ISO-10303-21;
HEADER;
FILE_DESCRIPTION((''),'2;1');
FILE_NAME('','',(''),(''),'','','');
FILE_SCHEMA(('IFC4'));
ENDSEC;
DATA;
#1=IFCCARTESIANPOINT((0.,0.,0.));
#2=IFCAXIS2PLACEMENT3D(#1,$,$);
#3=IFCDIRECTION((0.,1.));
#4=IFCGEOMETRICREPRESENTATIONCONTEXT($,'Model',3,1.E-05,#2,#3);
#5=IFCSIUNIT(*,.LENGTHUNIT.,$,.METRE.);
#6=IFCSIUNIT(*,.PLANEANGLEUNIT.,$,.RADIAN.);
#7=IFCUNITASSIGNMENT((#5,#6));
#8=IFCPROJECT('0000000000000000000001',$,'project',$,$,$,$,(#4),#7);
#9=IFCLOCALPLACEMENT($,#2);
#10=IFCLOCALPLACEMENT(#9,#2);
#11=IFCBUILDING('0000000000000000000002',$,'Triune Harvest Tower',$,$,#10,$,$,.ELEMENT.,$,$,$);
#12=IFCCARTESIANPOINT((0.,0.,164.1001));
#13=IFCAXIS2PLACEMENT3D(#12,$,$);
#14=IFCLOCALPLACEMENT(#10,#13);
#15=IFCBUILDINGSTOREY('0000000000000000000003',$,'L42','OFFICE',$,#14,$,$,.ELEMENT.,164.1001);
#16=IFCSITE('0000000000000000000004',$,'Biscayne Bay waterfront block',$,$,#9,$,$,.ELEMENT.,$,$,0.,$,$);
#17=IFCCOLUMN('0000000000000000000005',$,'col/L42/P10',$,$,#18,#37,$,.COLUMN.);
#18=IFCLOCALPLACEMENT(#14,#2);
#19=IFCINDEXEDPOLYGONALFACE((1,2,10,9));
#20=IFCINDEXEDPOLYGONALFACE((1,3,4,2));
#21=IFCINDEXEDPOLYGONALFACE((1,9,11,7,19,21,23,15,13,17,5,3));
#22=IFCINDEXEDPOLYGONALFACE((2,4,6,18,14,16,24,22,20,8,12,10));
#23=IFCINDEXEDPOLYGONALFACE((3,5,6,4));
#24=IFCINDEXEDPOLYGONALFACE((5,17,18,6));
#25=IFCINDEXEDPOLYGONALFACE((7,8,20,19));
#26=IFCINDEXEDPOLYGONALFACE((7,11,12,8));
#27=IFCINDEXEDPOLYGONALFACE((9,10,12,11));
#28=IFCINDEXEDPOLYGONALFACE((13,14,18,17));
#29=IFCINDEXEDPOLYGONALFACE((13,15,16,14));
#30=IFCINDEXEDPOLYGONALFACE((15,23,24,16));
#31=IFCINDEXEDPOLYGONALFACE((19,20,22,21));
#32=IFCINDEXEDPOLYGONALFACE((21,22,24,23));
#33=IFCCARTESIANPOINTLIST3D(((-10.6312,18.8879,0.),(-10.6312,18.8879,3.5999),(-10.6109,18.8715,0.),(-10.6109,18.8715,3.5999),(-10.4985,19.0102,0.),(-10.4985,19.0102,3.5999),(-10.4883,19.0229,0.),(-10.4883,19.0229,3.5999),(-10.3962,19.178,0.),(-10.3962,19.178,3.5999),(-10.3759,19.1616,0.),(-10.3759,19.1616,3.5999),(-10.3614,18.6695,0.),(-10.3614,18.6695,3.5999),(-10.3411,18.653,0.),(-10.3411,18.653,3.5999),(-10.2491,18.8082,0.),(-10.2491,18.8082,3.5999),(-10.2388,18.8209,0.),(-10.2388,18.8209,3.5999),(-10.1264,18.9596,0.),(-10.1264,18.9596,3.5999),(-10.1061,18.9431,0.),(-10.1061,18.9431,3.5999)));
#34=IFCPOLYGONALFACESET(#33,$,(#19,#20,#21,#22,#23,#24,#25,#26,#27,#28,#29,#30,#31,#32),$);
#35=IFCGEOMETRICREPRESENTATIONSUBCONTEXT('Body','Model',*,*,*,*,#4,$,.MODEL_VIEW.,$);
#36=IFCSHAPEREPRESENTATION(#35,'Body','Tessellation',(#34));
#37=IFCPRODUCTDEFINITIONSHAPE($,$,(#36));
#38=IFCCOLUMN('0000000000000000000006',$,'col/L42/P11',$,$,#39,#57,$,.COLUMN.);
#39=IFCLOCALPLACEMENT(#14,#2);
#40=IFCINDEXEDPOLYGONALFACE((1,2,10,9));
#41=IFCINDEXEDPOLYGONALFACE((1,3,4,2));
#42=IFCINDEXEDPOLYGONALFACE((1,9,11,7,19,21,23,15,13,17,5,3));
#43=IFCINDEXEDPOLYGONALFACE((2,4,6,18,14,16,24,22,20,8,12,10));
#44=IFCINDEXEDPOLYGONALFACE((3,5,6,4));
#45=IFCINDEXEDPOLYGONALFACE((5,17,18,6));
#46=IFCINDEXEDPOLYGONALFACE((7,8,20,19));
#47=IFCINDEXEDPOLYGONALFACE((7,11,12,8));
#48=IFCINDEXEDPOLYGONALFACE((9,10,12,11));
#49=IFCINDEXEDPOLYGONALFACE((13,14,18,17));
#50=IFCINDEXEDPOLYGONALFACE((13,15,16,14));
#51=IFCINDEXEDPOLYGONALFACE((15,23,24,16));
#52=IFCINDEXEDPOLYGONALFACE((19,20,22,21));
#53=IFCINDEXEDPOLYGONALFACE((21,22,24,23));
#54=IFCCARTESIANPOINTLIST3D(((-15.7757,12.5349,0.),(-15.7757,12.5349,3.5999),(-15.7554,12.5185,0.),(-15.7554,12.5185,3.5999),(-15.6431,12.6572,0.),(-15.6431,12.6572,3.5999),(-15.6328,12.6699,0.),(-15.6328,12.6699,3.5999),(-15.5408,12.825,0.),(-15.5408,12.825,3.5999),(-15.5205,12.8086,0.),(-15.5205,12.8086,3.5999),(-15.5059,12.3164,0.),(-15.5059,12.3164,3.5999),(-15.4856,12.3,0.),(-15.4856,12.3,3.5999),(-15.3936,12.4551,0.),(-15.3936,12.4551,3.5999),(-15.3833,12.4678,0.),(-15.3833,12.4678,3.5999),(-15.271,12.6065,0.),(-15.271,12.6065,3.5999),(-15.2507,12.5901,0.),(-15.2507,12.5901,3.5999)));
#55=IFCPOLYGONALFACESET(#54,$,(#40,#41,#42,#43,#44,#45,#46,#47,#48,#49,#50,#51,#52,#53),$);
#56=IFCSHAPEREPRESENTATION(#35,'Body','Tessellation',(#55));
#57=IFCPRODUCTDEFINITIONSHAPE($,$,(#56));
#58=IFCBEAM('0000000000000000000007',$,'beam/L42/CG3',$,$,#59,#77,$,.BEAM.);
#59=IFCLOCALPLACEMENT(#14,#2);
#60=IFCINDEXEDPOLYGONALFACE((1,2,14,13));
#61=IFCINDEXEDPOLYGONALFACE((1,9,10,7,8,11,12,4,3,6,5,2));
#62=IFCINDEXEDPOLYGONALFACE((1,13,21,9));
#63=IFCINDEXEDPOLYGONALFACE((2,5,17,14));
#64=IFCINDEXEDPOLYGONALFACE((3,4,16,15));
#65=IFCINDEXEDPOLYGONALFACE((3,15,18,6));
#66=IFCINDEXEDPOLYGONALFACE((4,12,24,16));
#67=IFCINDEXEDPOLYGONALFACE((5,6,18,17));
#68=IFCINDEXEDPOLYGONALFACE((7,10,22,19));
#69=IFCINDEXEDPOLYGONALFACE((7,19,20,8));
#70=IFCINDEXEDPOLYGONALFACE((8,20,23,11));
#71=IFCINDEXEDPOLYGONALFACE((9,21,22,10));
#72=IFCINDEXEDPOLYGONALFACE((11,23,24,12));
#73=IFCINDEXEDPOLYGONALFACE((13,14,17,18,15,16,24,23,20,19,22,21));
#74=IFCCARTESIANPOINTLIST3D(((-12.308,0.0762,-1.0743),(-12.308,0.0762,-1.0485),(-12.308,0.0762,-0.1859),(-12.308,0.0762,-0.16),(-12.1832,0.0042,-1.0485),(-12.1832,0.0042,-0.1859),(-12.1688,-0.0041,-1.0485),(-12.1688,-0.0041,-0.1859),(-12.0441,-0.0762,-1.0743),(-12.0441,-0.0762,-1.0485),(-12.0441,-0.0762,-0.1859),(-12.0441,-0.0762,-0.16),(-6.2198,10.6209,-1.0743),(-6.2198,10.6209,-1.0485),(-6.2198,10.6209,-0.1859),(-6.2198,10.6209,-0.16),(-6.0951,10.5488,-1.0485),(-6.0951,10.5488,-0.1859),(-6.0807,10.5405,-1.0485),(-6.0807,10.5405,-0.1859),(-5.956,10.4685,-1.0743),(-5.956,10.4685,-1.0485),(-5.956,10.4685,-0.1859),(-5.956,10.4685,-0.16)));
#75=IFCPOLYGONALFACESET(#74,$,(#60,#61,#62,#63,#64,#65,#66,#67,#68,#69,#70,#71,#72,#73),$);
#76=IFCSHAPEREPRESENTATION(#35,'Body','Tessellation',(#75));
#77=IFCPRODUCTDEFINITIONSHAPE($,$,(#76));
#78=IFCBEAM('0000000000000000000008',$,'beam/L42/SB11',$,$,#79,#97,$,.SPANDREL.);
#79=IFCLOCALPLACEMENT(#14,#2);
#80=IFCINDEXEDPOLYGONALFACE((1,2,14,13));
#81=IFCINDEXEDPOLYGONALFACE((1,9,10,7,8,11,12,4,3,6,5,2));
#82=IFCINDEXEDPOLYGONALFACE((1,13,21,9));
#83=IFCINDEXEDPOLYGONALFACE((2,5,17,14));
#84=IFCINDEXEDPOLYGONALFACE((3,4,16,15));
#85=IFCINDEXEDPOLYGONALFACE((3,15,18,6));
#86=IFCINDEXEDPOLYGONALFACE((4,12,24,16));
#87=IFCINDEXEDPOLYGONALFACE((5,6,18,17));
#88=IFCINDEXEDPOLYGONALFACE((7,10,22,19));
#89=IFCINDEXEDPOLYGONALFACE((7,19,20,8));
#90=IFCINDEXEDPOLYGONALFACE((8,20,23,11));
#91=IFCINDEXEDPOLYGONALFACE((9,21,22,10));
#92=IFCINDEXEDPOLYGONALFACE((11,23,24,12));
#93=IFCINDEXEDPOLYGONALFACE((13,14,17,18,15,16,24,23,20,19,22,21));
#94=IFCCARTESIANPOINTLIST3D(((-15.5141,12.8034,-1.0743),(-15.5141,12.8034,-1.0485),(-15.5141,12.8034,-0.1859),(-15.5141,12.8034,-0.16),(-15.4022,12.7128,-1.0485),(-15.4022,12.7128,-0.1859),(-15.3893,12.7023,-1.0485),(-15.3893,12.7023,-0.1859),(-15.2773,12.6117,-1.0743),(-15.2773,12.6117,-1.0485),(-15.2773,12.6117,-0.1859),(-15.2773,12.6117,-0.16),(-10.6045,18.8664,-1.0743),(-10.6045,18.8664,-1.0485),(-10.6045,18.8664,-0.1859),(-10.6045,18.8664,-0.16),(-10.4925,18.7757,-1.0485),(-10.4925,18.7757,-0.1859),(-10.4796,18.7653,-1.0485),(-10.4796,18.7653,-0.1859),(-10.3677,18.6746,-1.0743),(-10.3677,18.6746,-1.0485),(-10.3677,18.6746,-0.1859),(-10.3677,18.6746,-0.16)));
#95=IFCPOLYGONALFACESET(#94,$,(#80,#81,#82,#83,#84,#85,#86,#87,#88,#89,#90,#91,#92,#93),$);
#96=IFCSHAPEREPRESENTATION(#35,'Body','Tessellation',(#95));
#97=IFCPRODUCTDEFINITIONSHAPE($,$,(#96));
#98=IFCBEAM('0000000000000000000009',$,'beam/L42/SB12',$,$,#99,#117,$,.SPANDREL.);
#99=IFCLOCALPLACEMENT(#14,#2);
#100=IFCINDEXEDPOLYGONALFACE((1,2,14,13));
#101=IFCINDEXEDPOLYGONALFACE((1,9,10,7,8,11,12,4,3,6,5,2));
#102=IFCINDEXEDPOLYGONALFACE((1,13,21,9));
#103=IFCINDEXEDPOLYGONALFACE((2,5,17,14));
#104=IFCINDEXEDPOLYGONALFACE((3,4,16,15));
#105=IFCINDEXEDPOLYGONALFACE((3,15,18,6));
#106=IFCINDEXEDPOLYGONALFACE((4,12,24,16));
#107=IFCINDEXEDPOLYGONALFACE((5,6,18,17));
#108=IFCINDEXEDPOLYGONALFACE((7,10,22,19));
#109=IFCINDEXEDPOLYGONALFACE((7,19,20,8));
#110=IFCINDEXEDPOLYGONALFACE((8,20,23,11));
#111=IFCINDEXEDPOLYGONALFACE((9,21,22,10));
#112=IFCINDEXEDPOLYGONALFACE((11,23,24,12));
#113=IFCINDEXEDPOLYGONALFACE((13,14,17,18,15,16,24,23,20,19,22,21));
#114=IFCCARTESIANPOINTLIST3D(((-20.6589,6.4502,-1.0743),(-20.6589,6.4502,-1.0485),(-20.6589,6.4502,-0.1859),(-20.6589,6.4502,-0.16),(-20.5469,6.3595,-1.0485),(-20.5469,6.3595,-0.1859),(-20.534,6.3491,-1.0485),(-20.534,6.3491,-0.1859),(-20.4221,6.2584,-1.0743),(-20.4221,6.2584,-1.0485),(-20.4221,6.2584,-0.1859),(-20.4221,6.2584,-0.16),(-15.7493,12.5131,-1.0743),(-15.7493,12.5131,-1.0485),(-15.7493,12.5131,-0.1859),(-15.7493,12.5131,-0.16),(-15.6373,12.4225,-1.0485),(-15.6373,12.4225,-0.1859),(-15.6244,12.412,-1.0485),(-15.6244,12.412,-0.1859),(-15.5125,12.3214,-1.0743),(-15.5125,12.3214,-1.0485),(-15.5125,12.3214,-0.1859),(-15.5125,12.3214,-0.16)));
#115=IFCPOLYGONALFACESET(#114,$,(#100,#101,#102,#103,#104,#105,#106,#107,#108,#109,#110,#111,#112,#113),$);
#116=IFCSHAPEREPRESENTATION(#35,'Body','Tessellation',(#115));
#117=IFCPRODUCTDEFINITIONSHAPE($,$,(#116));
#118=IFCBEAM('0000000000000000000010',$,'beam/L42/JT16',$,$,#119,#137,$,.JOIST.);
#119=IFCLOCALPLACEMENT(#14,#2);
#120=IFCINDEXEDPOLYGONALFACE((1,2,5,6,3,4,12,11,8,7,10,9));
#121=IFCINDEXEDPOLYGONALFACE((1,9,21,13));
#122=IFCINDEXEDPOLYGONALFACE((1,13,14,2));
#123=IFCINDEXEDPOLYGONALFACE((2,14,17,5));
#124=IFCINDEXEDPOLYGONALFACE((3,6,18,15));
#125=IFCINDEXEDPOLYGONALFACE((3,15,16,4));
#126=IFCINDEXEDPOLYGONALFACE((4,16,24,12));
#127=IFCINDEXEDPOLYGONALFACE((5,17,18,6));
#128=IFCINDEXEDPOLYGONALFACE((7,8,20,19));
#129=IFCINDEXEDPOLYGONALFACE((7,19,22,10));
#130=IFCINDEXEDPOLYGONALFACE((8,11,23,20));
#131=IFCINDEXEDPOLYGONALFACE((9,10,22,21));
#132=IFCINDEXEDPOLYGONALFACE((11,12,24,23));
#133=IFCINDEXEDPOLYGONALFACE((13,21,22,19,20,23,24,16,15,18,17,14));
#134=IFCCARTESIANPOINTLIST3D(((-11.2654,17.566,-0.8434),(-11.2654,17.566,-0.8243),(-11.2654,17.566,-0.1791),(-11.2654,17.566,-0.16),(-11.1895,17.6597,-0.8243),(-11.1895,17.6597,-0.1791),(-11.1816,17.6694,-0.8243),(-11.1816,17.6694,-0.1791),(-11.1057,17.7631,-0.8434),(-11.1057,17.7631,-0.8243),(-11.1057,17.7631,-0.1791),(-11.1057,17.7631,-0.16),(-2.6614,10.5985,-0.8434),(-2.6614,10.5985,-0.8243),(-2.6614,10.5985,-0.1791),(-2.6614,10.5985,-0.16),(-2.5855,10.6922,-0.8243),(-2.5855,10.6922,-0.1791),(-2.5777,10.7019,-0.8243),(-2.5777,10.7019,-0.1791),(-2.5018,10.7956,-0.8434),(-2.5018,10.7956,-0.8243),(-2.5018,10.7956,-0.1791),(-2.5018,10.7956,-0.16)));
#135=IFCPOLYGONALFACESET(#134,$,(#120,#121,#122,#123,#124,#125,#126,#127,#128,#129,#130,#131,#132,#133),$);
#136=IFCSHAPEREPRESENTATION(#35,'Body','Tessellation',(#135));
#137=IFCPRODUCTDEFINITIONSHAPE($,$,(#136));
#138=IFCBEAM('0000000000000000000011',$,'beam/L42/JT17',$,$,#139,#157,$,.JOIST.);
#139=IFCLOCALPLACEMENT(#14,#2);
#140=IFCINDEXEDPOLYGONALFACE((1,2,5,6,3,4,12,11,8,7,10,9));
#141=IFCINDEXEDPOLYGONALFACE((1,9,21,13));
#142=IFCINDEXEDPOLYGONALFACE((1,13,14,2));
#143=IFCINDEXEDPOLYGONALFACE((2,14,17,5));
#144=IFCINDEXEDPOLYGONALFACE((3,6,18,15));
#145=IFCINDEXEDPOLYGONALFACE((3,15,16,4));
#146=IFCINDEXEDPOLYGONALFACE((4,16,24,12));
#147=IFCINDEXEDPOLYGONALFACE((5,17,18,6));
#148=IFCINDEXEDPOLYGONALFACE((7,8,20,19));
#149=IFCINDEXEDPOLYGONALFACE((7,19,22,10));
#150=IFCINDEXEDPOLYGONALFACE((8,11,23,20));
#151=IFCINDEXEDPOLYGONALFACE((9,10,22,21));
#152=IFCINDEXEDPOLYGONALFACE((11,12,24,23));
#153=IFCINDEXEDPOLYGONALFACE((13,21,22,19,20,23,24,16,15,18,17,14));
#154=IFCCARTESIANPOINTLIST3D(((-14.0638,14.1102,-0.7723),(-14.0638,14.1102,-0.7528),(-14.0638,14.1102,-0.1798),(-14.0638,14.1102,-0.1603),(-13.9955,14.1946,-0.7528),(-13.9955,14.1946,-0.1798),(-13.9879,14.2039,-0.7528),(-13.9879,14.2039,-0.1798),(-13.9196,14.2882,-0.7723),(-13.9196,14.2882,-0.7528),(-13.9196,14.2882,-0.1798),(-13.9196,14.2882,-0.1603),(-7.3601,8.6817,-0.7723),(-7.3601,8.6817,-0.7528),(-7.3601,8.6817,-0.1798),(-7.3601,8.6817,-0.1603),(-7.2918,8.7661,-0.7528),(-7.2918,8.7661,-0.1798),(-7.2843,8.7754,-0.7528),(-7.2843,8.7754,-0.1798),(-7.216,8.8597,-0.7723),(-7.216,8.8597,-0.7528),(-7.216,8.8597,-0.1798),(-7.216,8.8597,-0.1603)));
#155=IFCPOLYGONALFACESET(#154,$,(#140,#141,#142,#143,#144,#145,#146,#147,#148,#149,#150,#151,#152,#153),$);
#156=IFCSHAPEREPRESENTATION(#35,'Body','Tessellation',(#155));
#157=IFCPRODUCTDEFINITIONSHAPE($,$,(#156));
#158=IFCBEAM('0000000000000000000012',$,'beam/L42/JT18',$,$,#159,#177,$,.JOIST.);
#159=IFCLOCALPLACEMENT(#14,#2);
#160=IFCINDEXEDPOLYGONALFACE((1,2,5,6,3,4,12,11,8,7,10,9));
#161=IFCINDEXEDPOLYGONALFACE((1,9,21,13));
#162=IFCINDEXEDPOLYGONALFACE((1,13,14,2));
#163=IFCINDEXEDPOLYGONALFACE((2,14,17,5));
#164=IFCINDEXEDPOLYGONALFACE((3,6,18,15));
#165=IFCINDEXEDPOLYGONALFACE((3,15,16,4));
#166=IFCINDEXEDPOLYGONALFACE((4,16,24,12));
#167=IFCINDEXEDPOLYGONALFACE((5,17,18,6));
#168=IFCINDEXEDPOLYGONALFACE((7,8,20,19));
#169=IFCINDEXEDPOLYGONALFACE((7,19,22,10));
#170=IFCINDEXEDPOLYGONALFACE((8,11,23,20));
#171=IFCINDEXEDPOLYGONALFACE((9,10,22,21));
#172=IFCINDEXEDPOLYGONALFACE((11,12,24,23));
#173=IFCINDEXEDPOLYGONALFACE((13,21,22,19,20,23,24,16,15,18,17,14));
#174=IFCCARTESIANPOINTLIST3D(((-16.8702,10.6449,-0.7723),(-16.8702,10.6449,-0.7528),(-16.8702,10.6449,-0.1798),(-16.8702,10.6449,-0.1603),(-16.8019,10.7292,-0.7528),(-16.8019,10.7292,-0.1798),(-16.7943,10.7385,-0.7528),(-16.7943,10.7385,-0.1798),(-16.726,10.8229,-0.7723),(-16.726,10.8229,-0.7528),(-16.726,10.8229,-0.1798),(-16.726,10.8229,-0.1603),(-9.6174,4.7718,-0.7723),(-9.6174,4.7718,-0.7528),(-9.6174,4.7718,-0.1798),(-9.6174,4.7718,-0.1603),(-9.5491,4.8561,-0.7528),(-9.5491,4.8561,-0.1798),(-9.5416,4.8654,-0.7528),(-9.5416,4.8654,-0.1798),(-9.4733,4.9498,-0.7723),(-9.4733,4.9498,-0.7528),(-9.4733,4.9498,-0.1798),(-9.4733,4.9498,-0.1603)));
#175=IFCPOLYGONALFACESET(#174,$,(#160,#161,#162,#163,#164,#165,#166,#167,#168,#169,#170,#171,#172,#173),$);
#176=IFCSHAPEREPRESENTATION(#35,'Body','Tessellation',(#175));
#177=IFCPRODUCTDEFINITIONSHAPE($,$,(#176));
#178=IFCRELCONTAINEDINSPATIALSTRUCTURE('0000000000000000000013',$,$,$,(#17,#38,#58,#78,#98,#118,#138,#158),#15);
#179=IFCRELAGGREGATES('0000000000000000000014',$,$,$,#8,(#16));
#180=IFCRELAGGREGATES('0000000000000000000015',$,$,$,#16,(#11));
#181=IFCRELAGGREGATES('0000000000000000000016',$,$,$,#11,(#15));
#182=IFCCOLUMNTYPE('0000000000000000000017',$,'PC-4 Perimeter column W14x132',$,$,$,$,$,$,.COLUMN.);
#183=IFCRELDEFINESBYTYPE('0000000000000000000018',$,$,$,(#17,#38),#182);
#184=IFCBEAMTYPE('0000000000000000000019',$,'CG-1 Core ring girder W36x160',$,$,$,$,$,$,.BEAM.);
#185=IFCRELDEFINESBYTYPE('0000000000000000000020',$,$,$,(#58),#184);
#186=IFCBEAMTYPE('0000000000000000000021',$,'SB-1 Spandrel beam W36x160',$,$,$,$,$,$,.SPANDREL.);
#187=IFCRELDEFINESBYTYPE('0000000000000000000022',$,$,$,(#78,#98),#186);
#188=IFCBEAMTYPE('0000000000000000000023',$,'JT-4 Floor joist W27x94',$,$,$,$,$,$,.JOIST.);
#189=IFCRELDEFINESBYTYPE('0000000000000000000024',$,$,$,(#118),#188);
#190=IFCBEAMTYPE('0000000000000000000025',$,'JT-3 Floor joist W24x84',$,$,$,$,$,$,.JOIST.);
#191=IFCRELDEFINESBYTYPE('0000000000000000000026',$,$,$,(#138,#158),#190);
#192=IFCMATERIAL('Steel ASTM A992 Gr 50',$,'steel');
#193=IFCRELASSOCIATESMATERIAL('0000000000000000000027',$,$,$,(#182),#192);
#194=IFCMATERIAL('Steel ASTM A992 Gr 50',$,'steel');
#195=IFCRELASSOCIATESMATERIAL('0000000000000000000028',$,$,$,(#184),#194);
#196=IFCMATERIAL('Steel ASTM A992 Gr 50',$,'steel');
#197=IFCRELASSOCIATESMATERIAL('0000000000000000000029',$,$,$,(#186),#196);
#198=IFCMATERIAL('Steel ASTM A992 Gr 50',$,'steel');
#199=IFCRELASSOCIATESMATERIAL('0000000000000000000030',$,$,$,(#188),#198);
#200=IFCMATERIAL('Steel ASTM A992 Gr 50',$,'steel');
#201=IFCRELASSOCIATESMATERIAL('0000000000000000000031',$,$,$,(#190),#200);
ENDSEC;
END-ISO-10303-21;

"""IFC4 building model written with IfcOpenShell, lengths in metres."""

from ifc_helpers import new_model, si_unit, direction, frame, origin, origin_2d, place, context, subcontext, project, spatial, i_section, extrude, source, transform, mapped, material, material_profile, profile_set, type_object, element, save


model = new_model("IFC4")

# Units and contexts
model_context = context("Model", 3, precision=1e-05, world=origin(), true_north=direction((0.0, 1.0)))
body_context = subcontext(model_context, "Body", "Model", "MODEL_VIEW")
ifc_project = project(units=[si_unit("LENGTHUNIT", "METRE"), si_unit("PLANEANGLEUNIT", "RADIAN")], contexts=[model_context])

# Site, building, storey
site_placement = place(None, origin())
site = spatial("IfcSite", under=ifc_project, at=site_placement, Name="Biscayne Bay waterfront block", CompositionType="ELEMENT", RefElevation=0.0)
building_placement = place(site_placement, origin())
building = spatial("IfcBuilding", under=site, at=building_placement, Name="Triune Harvest Tower", CompositionType="ELEMENT")
storey_placement = place(building_placement, frame((0.0, 0.0, 164.1001)))
storey = spatial("IfcBuildingStorey", under=building, at=storey_placement, Name="L42", Description="OFFICE", CompositionType="ELEMENT", Elevation=164.1001)

# Columns
ifc_material_1 = material(Name="Steel ASTM A992 Gr 50", Category="steel")
ifc_material_profile_1 = material_profile(ifc_material_1, i_section(OverallWidth=0.3733, OverallDepth=0.3733, WebThickness=0.0164, FlangeThickness=0.0261, at=origin_2d()), Name="W14x132")
ifc_profile_set_1 = profile_set([ifc_material_profile_1], Name="Steel ASTM A992 Gr 50")
column_type = type_object("IfcColumnType", Name="PC-4 Perimeter column W14x132", PredefinedType="COLUMN", material=ifc_profile_set_1)
shared_shape_1 = source(origin(), body_context, "Body", "SweptSolid", [
    extrude(i_section(OverallWidth=0.3733, OverallDepth=0.3733, WebThickness=0.0164, FlangeThickness=0.0261, at=origin_2d()), origin(), (0.0, 0.0, 1.0), 3.5999),
])
for number, where, z_axis, x_axis, name in (
    (1, (-10.3687, 18.9155, 0.0), (0.0, 0.0, 1.0), (-0.629322, -0.777145, 0.0), "col/L42/P10"),
    (2, (-15.5132, 12.5625, 0.0), (0.0, 0.0, 1.0), (-0.629322, -0.777145, 0.0), "col/L42/P11"),
):
    element("IfcColumn", number, at=place(storey_placement, frame(where, z_axis=z_axis, x_axis=x_axis)), inside=storey, type_object=column_type, Name=name, PredefinedType="COLUMN", context=body_context, shape_type="MappedRepresentation", body=[
        mapped(shared_shape_1, transform((0.0, 0.0, 0.0), scale=1.0)),
    ])

# Beams
ifc_material_2 = material(Name="Steel ASTM A992 Gr 50", Category="steel")
ifc_material_profile_2 = material_profile(ifc_material_2, i_section(OverallWidth=0.3047, OverallDepth=0.9143, WebThickness=0.0166, FlangeThickness=0.0259, at=origin_2d()), Name="W36x160")
ifc_profile_set_2 = profile_set([ifc_material_profile_2], Name="Steel ASTM A992 Gr 50")
beam_type_1 = type_object("IfcBeamType", Name="CG-1 Core ring girder W36x160", PredefinedType="BEAM", material=ifc_profile_set_2)
shared_shape_2 = source(origin(), body_context, "Body", "SweptSolid", [
    extrude(i_section(OverallWidth=0.3047, OverallDepth=0.9143, WebThickness=0.0166, FlangeThickness=0.0259, at=origin_2d()), origin(), (0.0, 0.0, 1.0), 12.176),
])
beam_1_placement = place(storey_placement, frame((-6.0879, 10.5447, -0.6172), z_axis=(-0.50001, -0.86602, 0.0), x_axis=(0.86602, -0.50001, 0.0)))
element("IfcBeam", 3, at=beam_1_placement, inside=storey, type_object=beam_type_1, Name="beam/L42/CG3", PredefinedType="BEAM", context=body_context, shape_type="MappedRepresentation", body=[
    mapped(shared_shape_2, transform((0.0, 0.0, 0.0), scale=1.0)),
])
ifc_material_3 = material(Name="Steel ASTM A992 Gr 50", Category="steel")
ifc_material_profile_3 = material_profile(ifc_material_3, i_section(OverallWidth=0.3047, OverallDepth=0.9143, WebThickness=0.0166, FlangeThickness=0.0259, at=origin_2d()), Name="W36x160")
ifc_profile_set_3 = profile_set([ifc_material_profile_3], Name="Steel ASTM A992 Gr 50")
beam_type_2 = type_object("IfcBeamType", Name="SB-1 Spandrel beam W36x160", PredefinedType="SPANDREL", material=ifc_profile_set_3)
shared_shape_3 = source(origin(), body_context, "Body", "SweptSolid", [
    extrude(i_section(OverallWidth=0.3047, OverallDepth=0.9143, WebThickness=0.0166, FlangeThickness=0.0259, at=origin_2d()), origin(), (0.0, 0.0, 1.0), 7.8015),
])
for number, where, z_axis, x_axis, name in (
    (4, (-10.4861, 18.7705, -0.6172), (-0.629317, -0.777149, 0.0), (0.777149, -0.629317, 0.0), "beam/L42/SB11"),
    (5, (-15.6309, 12.4172, -0.6172), (-0.629317, -0.777149, 0.0), (0.777149, -0.629317, 0.0), "beam/L42/SB12"),
):
    element("IfcBeam", number, at=place(storey_placement, frame(where, z_axis=z_axis, x_axis=x_axis)), inside=storey, type_object=beam_type_2, Name=name, PredefinedType="SPANDREL", context=body_context, shape_type="MappedRepresentation", body=[
        mapped(shared_shape_3, transform((0.0, 0.0, 0.0), scale=1.0)),
    ])
ifc_material_4 = material(Name="Steel ASTM A992 Gr 50", Category="steel")
ifc_material_profile_4 = material_profile(ifc_material_4, i_section(OverallWidth=0.2537, OverallDepth=0.6833, WebThickness=0.0125, FlangeThickness=0.019, at=origin_2d()), Name="W27x94")
ifc_profile_set_4 = profile_set([ifc_material_profile_4], Name="Steel ASTM A992 Gr 50")
beam_type_3 = type_object("IfcBeamType", Name="JT-4 Floor joist W27x94", PredefinedType="JOIST", material=ifc_profile_set_4)
shared_shape_4 = source(origin(), body_context, "Body", "SweptSolid", [
    extrude(i_section(OverallWidth=0.2537, OverallDepth=0.6833, WebThickness=0.0125, FlangeThickness=0.019, at=origin_2d()), origin(), (0.0, 0.0, 1.0), 11.0713),
])
beam_2_placement = place(storey_placement, frame((-11.1855, 17.6646, -0.5017), z_axis=(0.77714, -0.629328, 0.0), x_axis=(0.629328, 0.77714, 0.0)))
element("IfcBeam", 6, at=beam_2_placement, inside=storey, type_object=beam_type_3, Name="beam/L42/JT16", PredefinedType="JOIST", context=body_context, shape_type="MappedRepresentation", body=[
    mapped(shared_shape_4, transform((0.0, 0.0, 0.0), scale=1.0)),
])
ifc_material_5 = material(Name="Steel ASTM A992 Gr 50", Category="steel")
ifc_material_profile_5 = material_profile(ifc_material_5, i_section(OverallWidth=0.229, OverallDepth=0.6121, WebThickness=0.012, FlangeThickness=0.0195, at=origin_2d()), Name="W24x84")
ifc_profile_set_5 = profile_set([ifc_material_profile_5], Name="Steel ASTM A992 Gr 50")
beam_type_4 = type_object("IfcBeamType", Name="JT-3 Floor joist W24x84", PredefinedType="JOIST", material=ifc_profile_set_5)
shared_shape_5 = source(origin(), body_context, "Body", "SweptSolid", [
    extrude(i_section(OverallWidth=0.229, OverallDepth=0.6121, WebThickness=0.012, FlangeThickness=0.0195, at=origin_2d()), origin(), (0.0, 0.0, 1.0), 8.626),
])
beam_3_placement = place(storey_placement, frame((-13.9917, 14.1992, -0.4663), z_axis=(0.777147, -0.62932, 0.0), x_axis=(0.62932, 0.777147, 0.0)))
element("IfcBeam", 7, at=beam_3_placement, inside=storey, type_object=beam_type_4, Name="beam/L42/JT17", PredefinedType="JOIST", context=body_context, shape_type="MappedRepresentation", body=[
    mapped(shared_shape_5, transform((0.0, 0.0, 0.0), scale=1.0)),
])
shared_shape_6 = source(origin(), body_context, "Body", "SweptSolid", [
    extrude(i_section(OverallWidth=0.229, OverallDepth=0.6121, WebThickness=0.012, FlangeThickness=0.0195, at=origin_2d()), origin(), (0.0, 0.0, 1.0), 9.3325),
])
beam_4_placement = place(storey_placement, frame((-16.7981, 10.7339, -0.4663), z_axis=(0.777149, -0.629316, 0.0), x_axis=(0.629316, 0.777149, 0.0)))
element("IfcBeam", 8, at=beam_4_placement, inside=storey, type_object=beam_type_4, Name="beam/L42/JT18", PredefinedType="JOIST", context=body_context, shape_type="MappedRepresentation", body=[
    mapped(shared_shape_6, transform((0.0, 0.0, 0.0), scale=1.0)),
])

save(model, "model.ifc")
